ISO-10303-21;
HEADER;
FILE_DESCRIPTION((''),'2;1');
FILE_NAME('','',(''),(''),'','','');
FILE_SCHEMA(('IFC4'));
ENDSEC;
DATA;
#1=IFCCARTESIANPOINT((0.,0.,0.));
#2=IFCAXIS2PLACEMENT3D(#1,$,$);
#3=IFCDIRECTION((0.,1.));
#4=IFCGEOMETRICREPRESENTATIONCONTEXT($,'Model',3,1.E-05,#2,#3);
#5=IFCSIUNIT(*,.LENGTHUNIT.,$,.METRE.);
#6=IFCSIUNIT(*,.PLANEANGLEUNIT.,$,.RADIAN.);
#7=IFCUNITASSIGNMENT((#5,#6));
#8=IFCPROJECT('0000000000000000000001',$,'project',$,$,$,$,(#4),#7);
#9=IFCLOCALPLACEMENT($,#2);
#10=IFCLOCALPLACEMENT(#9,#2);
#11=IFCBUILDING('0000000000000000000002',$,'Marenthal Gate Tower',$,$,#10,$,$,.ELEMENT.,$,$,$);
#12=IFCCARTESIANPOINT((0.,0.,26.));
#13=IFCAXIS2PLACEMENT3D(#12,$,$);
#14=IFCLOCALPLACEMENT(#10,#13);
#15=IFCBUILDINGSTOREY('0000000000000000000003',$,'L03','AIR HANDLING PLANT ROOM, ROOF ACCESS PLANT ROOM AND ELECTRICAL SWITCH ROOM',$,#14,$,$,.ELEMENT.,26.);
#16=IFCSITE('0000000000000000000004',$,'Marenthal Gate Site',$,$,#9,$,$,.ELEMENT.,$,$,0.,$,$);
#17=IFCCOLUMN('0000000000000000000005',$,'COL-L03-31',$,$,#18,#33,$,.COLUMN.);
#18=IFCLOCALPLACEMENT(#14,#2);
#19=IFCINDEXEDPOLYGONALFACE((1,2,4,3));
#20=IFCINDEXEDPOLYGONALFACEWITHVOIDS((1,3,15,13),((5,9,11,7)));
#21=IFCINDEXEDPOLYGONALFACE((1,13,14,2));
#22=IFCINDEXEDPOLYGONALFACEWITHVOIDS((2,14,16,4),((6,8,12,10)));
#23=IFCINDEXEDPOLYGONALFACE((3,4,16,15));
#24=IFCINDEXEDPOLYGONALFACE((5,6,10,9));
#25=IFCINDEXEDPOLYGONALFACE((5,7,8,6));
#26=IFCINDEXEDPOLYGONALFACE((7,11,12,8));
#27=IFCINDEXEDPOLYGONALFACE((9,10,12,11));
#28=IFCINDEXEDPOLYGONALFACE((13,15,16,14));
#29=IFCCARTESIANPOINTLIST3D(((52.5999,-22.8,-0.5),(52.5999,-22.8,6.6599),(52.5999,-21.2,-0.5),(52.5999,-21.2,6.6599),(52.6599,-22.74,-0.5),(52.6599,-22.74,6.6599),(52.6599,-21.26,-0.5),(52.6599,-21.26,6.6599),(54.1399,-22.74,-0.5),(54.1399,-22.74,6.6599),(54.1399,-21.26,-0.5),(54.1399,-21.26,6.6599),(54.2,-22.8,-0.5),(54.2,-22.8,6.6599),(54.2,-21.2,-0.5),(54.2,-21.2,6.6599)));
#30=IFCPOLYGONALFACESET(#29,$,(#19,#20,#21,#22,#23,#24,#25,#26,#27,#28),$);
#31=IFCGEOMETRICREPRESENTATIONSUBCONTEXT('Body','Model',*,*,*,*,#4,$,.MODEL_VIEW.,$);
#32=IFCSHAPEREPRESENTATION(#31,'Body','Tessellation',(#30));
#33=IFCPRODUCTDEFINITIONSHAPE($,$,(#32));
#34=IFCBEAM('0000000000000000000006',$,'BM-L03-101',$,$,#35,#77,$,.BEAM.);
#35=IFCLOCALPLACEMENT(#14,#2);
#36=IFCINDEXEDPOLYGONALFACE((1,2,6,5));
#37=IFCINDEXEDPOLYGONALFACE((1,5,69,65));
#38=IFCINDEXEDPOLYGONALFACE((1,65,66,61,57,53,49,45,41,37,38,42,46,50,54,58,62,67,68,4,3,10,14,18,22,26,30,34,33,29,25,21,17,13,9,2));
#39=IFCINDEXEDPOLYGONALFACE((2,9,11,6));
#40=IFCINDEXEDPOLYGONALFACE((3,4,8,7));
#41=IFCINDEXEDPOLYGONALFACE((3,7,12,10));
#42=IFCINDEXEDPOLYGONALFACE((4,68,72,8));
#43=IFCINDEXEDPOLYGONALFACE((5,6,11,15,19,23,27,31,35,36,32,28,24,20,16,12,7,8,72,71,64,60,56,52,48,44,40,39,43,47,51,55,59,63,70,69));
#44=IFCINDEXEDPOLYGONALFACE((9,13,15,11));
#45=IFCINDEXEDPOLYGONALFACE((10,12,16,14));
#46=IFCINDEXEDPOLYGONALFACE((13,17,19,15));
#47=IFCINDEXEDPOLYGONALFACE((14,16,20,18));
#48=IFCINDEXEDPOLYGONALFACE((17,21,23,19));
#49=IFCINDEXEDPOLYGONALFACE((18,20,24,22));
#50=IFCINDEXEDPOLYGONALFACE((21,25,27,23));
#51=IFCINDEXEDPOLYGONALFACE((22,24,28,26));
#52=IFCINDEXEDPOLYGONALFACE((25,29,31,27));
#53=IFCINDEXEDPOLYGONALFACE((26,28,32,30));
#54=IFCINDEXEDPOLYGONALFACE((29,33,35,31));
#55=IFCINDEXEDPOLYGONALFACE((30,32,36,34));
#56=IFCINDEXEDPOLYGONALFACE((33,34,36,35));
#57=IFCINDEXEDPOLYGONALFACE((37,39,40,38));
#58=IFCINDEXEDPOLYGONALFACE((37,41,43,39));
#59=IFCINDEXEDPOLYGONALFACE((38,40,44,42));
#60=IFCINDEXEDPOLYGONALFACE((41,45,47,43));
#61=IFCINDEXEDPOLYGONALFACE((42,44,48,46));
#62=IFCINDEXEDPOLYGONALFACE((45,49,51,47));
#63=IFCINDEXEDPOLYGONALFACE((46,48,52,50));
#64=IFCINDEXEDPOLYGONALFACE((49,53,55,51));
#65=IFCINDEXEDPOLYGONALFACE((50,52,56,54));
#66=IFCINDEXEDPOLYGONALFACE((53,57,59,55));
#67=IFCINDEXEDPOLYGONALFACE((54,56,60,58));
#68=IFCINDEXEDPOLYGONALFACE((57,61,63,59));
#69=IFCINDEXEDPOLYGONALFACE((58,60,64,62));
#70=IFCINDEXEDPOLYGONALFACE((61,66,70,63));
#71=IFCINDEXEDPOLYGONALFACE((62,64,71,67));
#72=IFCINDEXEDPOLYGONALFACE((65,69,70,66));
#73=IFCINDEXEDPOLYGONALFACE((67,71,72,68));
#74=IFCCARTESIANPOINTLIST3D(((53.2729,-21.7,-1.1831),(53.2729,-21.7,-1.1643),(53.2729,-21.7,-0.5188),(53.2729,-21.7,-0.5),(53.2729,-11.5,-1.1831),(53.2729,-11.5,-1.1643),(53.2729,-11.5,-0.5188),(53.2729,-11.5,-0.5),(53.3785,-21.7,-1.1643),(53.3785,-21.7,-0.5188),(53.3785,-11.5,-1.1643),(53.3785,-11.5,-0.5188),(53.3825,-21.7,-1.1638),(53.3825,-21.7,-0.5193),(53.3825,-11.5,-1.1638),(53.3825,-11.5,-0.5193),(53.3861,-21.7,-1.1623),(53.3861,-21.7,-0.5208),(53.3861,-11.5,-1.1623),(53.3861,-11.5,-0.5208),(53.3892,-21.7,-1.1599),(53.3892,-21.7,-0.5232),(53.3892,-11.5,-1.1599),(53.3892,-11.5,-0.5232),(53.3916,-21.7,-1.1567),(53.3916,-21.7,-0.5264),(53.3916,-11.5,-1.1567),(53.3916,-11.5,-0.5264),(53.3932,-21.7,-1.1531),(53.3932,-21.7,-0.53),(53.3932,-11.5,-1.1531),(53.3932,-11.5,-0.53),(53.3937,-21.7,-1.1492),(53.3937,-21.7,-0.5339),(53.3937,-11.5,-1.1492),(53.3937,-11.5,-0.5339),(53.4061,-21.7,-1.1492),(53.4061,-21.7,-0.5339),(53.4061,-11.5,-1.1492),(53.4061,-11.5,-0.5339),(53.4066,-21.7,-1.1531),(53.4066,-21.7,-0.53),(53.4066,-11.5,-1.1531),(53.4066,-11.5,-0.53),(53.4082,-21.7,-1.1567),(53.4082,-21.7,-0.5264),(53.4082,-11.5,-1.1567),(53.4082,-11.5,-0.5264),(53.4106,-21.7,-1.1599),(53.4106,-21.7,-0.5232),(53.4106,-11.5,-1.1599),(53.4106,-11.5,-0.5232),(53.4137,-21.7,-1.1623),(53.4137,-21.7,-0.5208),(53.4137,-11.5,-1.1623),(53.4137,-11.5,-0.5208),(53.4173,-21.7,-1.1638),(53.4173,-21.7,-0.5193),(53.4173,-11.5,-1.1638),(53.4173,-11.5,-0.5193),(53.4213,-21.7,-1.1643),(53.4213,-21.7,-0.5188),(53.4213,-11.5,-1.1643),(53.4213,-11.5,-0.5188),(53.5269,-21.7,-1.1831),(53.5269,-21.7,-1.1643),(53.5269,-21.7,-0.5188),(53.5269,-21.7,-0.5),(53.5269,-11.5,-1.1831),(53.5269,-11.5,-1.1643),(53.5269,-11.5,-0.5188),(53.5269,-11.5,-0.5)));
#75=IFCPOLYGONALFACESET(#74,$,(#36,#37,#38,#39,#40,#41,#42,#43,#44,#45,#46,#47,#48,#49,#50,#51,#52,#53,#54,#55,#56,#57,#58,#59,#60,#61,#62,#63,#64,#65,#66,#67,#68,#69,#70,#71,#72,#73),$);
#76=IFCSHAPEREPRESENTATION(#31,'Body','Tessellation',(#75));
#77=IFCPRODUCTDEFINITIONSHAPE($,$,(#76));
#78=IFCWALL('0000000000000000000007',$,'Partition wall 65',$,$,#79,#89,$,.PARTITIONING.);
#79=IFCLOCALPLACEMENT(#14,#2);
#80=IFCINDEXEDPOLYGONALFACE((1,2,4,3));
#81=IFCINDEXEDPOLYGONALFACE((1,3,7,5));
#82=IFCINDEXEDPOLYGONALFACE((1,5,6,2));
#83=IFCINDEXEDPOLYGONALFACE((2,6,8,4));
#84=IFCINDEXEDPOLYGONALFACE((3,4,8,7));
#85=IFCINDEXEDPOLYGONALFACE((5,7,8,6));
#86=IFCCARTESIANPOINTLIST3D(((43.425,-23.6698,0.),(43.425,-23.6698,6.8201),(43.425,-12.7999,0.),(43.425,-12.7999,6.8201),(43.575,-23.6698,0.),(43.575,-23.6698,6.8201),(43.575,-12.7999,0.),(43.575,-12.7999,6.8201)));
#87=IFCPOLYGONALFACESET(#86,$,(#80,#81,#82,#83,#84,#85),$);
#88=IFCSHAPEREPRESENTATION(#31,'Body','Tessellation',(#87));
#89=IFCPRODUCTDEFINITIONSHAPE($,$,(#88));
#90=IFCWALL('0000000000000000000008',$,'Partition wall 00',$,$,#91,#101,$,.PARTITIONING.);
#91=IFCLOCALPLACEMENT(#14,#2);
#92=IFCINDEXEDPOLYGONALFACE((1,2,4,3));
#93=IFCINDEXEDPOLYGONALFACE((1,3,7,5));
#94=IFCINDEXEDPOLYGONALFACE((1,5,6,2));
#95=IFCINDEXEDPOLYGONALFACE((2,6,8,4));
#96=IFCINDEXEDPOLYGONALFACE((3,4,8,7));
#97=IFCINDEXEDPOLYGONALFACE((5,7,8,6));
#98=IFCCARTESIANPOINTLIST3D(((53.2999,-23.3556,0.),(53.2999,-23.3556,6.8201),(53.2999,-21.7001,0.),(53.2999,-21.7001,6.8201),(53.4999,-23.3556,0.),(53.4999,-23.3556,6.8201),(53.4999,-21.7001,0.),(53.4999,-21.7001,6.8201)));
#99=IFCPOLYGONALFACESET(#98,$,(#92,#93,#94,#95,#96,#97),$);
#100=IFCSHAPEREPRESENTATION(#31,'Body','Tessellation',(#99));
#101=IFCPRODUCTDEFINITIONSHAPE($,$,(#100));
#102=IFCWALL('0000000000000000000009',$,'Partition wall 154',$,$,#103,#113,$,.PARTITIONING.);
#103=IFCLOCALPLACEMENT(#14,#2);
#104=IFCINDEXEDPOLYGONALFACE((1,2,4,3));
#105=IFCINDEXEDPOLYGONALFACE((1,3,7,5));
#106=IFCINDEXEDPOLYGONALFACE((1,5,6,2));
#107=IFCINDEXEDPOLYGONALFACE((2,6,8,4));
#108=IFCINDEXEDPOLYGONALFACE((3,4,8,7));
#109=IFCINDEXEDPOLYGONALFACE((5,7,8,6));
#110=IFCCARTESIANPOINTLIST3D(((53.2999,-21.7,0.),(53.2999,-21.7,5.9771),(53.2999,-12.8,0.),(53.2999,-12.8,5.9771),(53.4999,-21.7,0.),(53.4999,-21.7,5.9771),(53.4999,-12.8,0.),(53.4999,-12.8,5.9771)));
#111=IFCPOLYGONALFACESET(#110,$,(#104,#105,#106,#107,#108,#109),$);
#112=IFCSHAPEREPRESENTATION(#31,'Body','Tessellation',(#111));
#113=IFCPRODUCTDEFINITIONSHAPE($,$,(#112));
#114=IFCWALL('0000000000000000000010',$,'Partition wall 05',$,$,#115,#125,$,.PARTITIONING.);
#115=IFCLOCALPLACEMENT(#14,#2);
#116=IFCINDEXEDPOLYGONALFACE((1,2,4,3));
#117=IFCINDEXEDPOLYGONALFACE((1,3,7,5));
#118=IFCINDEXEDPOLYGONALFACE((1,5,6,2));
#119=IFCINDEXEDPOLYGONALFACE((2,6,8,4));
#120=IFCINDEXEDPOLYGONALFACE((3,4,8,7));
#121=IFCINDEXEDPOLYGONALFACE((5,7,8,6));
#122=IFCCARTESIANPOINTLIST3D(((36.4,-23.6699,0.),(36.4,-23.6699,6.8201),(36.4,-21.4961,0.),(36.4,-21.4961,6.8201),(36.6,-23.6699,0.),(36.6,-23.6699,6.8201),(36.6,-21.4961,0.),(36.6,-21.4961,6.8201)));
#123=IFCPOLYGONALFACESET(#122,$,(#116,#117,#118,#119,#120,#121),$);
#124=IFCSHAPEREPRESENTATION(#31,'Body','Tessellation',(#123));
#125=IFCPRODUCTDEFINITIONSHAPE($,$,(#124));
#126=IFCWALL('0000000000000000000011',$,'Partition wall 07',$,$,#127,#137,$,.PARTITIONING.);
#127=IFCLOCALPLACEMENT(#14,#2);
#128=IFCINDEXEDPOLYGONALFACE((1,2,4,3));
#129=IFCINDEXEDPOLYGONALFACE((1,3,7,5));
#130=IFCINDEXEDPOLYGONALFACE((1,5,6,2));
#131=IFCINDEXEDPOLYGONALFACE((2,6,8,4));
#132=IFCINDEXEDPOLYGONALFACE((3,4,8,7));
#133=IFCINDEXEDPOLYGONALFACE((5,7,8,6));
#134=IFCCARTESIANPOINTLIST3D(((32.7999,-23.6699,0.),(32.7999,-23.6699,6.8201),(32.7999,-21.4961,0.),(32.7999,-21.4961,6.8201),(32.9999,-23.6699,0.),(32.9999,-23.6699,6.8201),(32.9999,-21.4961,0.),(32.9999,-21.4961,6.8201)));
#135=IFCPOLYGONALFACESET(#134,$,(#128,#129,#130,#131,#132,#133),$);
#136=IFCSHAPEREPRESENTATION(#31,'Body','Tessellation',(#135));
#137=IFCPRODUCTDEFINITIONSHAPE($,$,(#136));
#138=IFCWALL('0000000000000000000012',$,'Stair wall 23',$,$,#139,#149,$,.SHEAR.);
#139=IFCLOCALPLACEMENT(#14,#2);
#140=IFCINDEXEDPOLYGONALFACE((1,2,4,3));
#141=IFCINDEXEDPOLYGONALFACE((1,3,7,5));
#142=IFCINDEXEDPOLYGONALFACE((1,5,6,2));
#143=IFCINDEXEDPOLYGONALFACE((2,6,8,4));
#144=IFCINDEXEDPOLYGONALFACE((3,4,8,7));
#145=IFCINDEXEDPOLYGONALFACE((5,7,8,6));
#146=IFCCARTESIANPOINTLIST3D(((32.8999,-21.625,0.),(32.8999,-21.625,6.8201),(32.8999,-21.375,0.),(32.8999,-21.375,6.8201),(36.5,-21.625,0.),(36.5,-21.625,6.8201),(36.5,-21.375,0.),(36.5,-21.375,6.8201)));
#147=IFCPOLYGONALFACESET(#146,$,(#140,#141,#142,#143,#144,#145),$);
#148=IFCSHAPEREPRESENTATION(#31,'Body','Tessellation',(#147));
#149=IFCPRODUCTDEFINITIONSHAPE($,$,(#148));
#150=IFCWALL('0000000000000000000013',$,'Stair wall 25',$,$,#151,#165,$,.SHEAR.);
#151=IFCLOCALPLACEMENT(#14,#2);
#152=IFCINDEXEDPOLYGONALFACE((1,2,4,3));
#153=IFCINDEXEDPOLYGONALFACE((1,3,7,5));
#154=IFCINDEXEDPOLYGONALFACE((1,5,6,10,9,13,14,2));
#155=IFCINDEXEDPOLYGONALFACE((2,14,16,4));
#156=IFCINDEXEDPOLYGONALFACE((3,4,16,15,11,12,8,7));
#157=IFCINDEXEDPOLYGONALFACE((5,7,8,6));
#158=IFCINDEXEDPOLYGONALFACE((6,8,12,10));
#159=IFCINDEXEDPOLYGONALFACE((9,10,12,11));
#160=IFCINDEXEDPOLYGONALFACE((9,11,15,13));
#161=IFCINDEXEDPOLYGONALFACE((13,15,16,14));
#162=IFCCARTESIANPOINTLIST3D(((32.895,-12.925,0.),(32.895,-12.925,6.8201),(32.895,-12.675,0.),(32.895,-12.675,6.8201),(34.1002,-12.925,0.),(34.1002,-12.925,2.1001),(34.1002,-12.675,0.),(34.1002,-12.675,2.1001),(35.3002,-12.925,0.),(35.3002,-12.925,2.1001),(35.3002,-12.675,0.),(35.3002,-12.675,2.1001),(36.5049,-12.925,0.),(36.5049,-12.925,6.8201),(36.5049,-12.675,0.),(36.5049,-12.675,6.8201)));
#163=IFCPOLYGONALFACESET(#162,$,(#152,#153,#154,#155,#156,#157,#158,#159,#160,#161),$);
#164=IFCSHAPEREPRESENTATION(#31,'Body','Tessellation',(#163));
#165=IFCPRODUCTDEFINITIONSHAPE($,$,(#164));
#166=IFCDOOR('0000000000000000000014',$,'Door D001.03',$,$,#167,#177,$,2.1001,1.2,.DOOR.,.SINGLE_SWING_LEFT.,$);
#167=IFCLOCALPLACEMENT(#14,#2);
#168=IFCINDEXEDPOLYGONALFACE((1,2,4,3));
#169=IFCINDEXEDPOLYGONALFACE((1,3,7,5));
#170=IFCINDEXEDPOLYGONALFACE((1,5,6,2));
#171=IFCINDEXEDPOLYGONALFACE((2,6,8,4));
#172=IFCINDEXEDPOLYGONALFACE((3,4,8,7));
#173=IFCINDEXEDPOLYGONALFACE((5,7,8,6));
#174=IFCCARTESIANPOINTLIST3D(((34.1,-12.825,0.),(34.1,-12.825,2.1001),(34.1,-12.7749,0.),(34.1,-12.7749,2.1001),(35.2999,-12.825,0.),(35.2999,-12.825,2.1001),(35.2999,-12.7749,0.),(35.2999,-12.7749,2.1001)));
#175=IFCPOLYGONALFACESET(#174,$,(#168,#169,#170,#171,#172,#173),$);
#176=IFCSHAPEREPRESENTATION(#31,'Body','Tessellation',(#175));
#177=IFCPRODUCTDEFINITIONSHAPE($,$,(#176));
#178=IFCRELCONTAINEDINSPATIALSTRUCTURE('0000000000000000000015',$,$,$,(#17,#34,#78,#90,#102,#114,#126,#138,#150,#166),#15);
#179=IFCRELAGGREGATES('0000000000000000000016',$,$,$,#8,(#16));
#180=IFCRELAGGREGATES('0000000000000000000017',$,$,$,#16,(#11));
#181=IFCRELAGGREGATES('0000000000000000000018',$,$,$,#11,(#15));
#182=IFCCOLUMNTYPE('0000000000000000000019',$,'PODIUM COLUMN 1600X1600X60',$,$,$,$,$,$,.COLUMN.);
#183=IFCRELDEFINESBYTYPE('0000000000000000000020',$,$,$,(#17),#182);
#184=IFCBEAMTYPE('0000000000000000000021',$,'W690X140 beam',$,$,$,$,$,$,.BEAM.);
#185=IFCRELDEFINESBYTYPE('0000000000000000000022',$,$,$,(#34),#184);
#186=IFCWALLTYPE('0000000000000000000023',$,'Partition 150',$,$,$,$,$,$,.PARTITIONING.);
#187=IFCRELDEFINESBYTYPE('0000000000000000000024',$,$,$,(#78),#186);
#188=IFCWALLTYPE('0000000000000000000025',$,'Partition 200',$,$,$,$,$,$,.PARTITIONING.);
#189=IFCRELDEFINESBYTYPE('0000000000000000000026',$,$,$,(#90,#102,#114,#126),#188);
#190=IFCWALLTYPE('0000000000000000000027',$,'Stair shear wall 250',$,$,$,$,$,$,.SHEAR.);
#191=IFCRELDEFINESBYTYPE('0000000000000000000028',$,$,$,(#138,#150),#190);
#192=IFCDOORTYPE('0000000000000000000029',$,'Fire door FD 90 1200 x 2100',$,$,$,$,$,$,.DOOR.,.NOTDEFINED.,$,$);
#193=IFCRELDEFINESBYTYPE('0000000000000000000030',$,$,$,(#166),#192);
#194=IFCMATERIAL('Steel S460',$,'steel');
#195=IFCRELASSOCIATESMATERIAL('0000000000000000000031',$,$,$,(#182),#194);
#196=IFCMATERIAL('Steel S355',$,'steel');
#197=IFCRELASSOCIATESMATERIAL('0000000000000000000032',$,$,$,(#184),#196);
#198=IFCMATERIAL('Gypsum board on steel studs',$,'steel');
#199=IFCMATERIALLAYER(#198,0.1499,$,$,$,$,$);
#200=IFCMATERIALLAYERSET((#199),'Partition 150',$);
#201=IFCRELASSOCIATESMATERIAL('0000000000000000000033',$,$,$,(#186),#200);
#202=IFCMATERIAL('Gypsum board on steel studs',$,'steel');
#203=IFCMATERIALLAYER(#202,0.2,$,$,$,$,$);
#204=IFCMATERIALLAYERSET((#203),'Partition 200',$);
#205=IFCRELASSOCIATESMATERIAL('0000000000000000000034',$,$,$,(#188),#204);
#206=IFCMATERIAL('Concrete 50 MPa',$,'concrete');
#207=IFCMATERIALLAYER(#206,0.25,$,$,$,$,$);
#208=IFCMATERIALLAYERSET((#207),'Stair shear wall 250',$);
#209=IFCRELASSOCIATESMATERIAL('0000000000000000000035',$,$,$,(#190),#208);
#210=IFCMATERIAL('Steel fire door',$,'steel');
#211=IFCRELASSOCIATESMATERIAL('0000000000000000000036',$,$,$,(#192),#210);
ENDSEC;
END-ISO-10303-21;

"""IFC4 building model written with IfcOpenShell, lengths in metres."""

from ifc_helpers import new_model, si_unit, direction, frame, frame_2d, origin, origin_2d, place, context, subcontext, project, spatial, rectangle, hollow_rectangle, i_section, extrude, material, layer, layer_set, material_profile, profile_set, type_object, element, fill, save


model = new_model("IFC4")

# Units and contexts
model_context = context("Model", 3, precision=1e-05, world=origin(), true_north=direction((0.0, 1.0)))
body_context = subcontext(model_context, "Body", "Model", "MODEL_VIEW")
ifc_project = project(units=[si_unit("LENGTHUNIT", "METRE"), si_unit("PLANEANGLEUNIT", "RADIAN")], contexts=[model_context])

# Site, building, storey
site_placement = place(None, origin())
site = spatial("IfcSite", under=ifc_project, at=site_placement, Name="Marenthal Gate Site", CompositionType="ELEMENT", RefElevation=0.0)
building_placement = place(site_placement, origin())
building = spatial("IfcBuilding", under=site, at=building_placement, Name="Marenthal Gate Tower", CompositionType="ELEMENT")
storey_placement = place(building_placement, frame((0.0, 0.0, 26.0)))
storey = spatial("IfcBuildingStorey", under=building, at=storey_placement, Name="L03", Description="AIR HANDLING PLANT ROOM, ROOF ACCESS PLANT ROOM AND ELECTRICAL SWITCH ROOM", CompositionType="ELEMENT", Elevation=26.0)

# Column
ifc_material_1 = material(Name="Steel S460", Category="steel")
ifc_material_profile_1 = material_profile(ifc_material_1, hollow_rectangle(XDim=1.6001, YDim=1.6001, WallThickness=0.0601, at=origin_2d()), Name="CFT BOX 1600X1600X60")
ifc_material_2 = material(Name="Concrete 70 MPa", Category="concrete")
ifc_material_profile_2 = material_profile(ifc_material_2, rectangle(XDim=1.48, YDim=1.48, at=origin_2d()), Name="CFT BOX 1600X1600X60 INFILL")
ifc_profile_set_1 = profile_set([ifc_material_profile_1, ifc_material_profile_2], Name="Steel S460 shell, Concrete 70 MPa infill")
column_type = type_object("IfcColumnType", Name="PODIUM COLUMN 1600X1600X60", PredefinedType="COLUMN", material=ifc_profile_set_1)
column_placement = place(storey_placement, frame((53.3999, -22.0, -0.5), z_axis=(0.0, 0.0, 1.0), x_axis=(1.0, 0.0, 0.0)))
element("IfcColumn", 1, at=column_placement, inside=storey, type_object=column_type, Name="COL-L03-31", PredefinedType="COLUMN", context=body_context, shape_type="SweptSolid", body=[
    extrude(hollow_rectangle(XDim=1.6001, YDim=1.6001, WallThickness=0.0601, at=origin_2d()), origin(), (0.0, 0.0, 1.0), 7.1599),
])

# Beam
ifc_material_3 = material(Name="Steel S355", Category="steel")
ifc_material_profile_3 = material_profile(ifc_material_3, i_section(OverallWidth=0.2539, OverallDepth=0.6831, WebThickness=0.0125, FlangeThickness=0.0188, FilletRadius=0.0151, at=origin_2d()), Name="W690X140")
ifc_profile_set_2 = profile_set([ifc_material_profile_3], Name="Steel S355")
beam_type = type_object("IfcBeamType", Name="W690X140 beam", PredefinedType="BEAM", material=ifc_profile_set_2)
beam_placement = place(storey_placement, frame((53.3999, -21.7, -0.8416), z_axis=(0.0, 1.0, 0.0), x_axis=(-1.0, 0.0, 0.0)))
element("IfcBeam", 2, at=beam_placement, inside=storey, type_object=beam_type, Name="BM-L03-101", PredefinedType="BEAM", context=body_context, shape_type="SweptSolid", body=[
    extrude(i_section(OverallWidth=0.2539, OverallDepth=0.6831, WebThickness=0.0125, FlangeThickness=0.0188, FilletRadius=0.0151, at=origin_2d()), origin(), (0.0, 0.0, 1.0), 10.2),
])

# Walls
ifc_material_4 = material(Name="Gypsum board on steel studs", Category="steel")
ifc_layer_1 = layer(ifc_material_4, 0.1499)
ifc_layer_set_1 = layer_set([ifc_layer_1], Name="Partition 150")
wall_type_1 = type_object("IfcWallType", Name="Partition 150", PredefinedType="PARTITIONING", material=ifc_layer_set_1)
wall_1_placement = place(storey_placement, frame((43.5, -23.6699, 0.0), z_axis=(0.0, 0.0, 1.0), x_axis=(0.0, 1.0, 0.0)))
element("IfcWall", 3, at=wall_1_placement, inside=storey, type_object=wall_type_1, Name="Partition wall 65", PredefinedType="PARTITIONING", context=body_context, shape_type="SweptSolid", body=[
    extrude(rectangle(XDim=10.8699, YDim=0.1499, at=frame_2d((5.4351, 0.0))), origin(), (0.0, 0.0, 1.0), 6.8201),
])
ifc_material_5 = material(Name="Gypsum board on steel studs", Category="steel")
ifc_layer_2 = layer(ifc_material_5, 0.2)
ifc_layer_set_2 = layer_set([ifc_layer_2], Name="Partition 200")
wall_type_2 = type_object("IfcWallType", Name="Partition 200", PredefinedType="PARTITIONING", material=ifc_layer_set_2)
wall_2_placement = place(storey_placement, frame((53.3999, -23.3555, 0.0), z_axis=(0.0, 0.0, 1.0), x_axis=(0.0, 1.0, 0.0)))
element("IfcWall", 4, at=wall_2_placement, inside=storey, type_object=wall_type_2, Name="Partition wall 00", PredefinedType="PARTITIONING", context=body_context, shape_type="SweptSolid", body=[
    extrude(rectangle(XDim=1.6555, YDim=0.2, at=frame_2d((0.8276, 0.0))), origin(), (0.0, 0.0, 1.0), 6.8201),
])
wall_3_placement = place(storey_placement, frame((53.3999, -21.7, 0.0), z_axis=(0.0, 0.0, 1.0), x_axis=(0.0, 1.0, 0.0)))
element("IfcWall", 5, at=wall_3_placement, inside=storey, type_object=wall_type_2, Name="Partition wall 154", PredefinedType="PARTITIONING", context=body_context, shape_type="SweptSolid", body=[
    extrude(rectangle(XDim=8.8999, YDim=0.2, at=frame_2d((4.45, 0.0))), origin(), (0.0, 0.0, 1.0), 5.9771),
])
for number, where, z_axis, x_axis, name in (
    (6, (36.5, -23.6699, 0.0), (0.0, 0.0, 1.0), (0.0, 1.0, 0.0), "Partition wall 05"),
    (7, (32.8999, -23.6699, 0.0), (0.0, 0.0, 1.0), (0.0, 1.0, 0.0), "Partition wall 07"),
):
    element("IfcWall", number, at=place(storey_placement, frame(where, z_axis=z_axis, x_axis=x_axis)), inside=storey, type_object=wall_type_2, Name=name, PredefinedType="PARTITIONING", context=body_context, shape_type="SweptSolid", body=[
        extrude(rectangle(XDim=2.1738, YDim=0.2, at=frame_2d((1.0869, 0.0))), origin(), (0.0, 0.0, 1.0), 6.8201),
    ])
ifc_material_6 = material(Name="Concrete 50 MPa", Category="concrete")
ifc_layer_3 = layer(ifc_material_6, 0.25)
ifc_layer_set_3 = layer_set([ifc_layer_3], Name="Stair shear wall 250")
wall_type_3 = type_object("IfcWallType", Name="Stair shear wall 250", PredefinedType="SHEAR", material=ifc_layer_set_3)
wall_4_placement = place(storey_placement, frame((32.8999, -21.5, 0.0), z_axis=(0.0, 0.0, 1.0), x_axis=(1.0, 0.0, 0.0)))
element("IfcWall", 8, at=wall_4_placement, inside=storey, type_object=wall_type_3, Name="Stair wall 23", PredefinedType="SHEAR", context=body_context, shape_type="SweptSolid", body=[
    extrude(rectangle(XDim=3.6001, YDim=0.25, at=frame_2d((1.8, 0.0))), origin(), (0.0, 0.0, 1.0), 6.8201),
])

# Wall, opening, door
wall_5_placement = place(storey_placement, frame((32.895, -12.8, 0.0), z_axis=(0.0, 0.0, 1.0), x_axis=(1.0, 0.0, 0.0)))
wall_5 = element("IfcWall", 9, at=wall_5_placement, inside=storey, type_object=wall_type_3, Name="Stair wall 25", PredefinedType="SHEAR", context=body_context, shape_type="SweptSolid", body=[
    extrude(rectangle(XDim=3.6099, YDim=0.25, at=frame_2d((1.8049, 0.0))), origin(), (0.0, 0.0, 1.0), 6.8201),
])
opening_1_placement = place(wall_5_placement, frame((1.2051, 0.0, 0.0)))
opening_1 = element("IfcOpeningElement", 10, at=opening_1_placement, cuts=wall_5, PredefinedType="OPENING", context=body_context, shape_type="SweptSolid", body=[
    extrude(rectangle(XDim=1.2, YDim=2.1001, at=frame_2d((0.6001, 1.05))), frame((0.0, 0.135, 0.0), z_axis=(0.0, -1.0, 0.0), x_axis=(1.0, 0.0, 0.0)), (0.0, 0.0, 1.0), 0.27),
])
ifc_material_7 = material(Name="Steel fire door", Category="steel")
door_type = type_object("IfcDoorType", Name="Fire door FD 90 1200 x 2100", OperationType="NOTDEFINED", PredefinedType="DOOR", material=ifc_material_7)
door_placement = place(opening_1_placement, frame((1.2, 0.0, 0.0), z_axis=(0.0, 0.0, 1.0), x_axis=(-1.0, 0.0, 0.0)))
door = element("IfcDoor", 11, at=door_placement, inside=storey, type_object=door_type, Name="Door D001.03", OperationType="SINGLE_SWING_LEFT", OverallHeight=2.1001, OverallWidth=1.2, PredefinedType="DOOR", context=body_context, shape_type="SweptSolid", body=[
    extrude(rectangle(XDim=1.2, YDim=2.1001, at=frame_2d((0.6001, 1.05))), frame((0.0, 0.0249, 0.0), z_axis=(0.0, -1.0, 0.0), x_axis=(1.0, 0.0, 0.0)), (0.0, 0.0, 1.0), 0.05),
])
fill(opening_1, door)

save(model, "model.ifc")
